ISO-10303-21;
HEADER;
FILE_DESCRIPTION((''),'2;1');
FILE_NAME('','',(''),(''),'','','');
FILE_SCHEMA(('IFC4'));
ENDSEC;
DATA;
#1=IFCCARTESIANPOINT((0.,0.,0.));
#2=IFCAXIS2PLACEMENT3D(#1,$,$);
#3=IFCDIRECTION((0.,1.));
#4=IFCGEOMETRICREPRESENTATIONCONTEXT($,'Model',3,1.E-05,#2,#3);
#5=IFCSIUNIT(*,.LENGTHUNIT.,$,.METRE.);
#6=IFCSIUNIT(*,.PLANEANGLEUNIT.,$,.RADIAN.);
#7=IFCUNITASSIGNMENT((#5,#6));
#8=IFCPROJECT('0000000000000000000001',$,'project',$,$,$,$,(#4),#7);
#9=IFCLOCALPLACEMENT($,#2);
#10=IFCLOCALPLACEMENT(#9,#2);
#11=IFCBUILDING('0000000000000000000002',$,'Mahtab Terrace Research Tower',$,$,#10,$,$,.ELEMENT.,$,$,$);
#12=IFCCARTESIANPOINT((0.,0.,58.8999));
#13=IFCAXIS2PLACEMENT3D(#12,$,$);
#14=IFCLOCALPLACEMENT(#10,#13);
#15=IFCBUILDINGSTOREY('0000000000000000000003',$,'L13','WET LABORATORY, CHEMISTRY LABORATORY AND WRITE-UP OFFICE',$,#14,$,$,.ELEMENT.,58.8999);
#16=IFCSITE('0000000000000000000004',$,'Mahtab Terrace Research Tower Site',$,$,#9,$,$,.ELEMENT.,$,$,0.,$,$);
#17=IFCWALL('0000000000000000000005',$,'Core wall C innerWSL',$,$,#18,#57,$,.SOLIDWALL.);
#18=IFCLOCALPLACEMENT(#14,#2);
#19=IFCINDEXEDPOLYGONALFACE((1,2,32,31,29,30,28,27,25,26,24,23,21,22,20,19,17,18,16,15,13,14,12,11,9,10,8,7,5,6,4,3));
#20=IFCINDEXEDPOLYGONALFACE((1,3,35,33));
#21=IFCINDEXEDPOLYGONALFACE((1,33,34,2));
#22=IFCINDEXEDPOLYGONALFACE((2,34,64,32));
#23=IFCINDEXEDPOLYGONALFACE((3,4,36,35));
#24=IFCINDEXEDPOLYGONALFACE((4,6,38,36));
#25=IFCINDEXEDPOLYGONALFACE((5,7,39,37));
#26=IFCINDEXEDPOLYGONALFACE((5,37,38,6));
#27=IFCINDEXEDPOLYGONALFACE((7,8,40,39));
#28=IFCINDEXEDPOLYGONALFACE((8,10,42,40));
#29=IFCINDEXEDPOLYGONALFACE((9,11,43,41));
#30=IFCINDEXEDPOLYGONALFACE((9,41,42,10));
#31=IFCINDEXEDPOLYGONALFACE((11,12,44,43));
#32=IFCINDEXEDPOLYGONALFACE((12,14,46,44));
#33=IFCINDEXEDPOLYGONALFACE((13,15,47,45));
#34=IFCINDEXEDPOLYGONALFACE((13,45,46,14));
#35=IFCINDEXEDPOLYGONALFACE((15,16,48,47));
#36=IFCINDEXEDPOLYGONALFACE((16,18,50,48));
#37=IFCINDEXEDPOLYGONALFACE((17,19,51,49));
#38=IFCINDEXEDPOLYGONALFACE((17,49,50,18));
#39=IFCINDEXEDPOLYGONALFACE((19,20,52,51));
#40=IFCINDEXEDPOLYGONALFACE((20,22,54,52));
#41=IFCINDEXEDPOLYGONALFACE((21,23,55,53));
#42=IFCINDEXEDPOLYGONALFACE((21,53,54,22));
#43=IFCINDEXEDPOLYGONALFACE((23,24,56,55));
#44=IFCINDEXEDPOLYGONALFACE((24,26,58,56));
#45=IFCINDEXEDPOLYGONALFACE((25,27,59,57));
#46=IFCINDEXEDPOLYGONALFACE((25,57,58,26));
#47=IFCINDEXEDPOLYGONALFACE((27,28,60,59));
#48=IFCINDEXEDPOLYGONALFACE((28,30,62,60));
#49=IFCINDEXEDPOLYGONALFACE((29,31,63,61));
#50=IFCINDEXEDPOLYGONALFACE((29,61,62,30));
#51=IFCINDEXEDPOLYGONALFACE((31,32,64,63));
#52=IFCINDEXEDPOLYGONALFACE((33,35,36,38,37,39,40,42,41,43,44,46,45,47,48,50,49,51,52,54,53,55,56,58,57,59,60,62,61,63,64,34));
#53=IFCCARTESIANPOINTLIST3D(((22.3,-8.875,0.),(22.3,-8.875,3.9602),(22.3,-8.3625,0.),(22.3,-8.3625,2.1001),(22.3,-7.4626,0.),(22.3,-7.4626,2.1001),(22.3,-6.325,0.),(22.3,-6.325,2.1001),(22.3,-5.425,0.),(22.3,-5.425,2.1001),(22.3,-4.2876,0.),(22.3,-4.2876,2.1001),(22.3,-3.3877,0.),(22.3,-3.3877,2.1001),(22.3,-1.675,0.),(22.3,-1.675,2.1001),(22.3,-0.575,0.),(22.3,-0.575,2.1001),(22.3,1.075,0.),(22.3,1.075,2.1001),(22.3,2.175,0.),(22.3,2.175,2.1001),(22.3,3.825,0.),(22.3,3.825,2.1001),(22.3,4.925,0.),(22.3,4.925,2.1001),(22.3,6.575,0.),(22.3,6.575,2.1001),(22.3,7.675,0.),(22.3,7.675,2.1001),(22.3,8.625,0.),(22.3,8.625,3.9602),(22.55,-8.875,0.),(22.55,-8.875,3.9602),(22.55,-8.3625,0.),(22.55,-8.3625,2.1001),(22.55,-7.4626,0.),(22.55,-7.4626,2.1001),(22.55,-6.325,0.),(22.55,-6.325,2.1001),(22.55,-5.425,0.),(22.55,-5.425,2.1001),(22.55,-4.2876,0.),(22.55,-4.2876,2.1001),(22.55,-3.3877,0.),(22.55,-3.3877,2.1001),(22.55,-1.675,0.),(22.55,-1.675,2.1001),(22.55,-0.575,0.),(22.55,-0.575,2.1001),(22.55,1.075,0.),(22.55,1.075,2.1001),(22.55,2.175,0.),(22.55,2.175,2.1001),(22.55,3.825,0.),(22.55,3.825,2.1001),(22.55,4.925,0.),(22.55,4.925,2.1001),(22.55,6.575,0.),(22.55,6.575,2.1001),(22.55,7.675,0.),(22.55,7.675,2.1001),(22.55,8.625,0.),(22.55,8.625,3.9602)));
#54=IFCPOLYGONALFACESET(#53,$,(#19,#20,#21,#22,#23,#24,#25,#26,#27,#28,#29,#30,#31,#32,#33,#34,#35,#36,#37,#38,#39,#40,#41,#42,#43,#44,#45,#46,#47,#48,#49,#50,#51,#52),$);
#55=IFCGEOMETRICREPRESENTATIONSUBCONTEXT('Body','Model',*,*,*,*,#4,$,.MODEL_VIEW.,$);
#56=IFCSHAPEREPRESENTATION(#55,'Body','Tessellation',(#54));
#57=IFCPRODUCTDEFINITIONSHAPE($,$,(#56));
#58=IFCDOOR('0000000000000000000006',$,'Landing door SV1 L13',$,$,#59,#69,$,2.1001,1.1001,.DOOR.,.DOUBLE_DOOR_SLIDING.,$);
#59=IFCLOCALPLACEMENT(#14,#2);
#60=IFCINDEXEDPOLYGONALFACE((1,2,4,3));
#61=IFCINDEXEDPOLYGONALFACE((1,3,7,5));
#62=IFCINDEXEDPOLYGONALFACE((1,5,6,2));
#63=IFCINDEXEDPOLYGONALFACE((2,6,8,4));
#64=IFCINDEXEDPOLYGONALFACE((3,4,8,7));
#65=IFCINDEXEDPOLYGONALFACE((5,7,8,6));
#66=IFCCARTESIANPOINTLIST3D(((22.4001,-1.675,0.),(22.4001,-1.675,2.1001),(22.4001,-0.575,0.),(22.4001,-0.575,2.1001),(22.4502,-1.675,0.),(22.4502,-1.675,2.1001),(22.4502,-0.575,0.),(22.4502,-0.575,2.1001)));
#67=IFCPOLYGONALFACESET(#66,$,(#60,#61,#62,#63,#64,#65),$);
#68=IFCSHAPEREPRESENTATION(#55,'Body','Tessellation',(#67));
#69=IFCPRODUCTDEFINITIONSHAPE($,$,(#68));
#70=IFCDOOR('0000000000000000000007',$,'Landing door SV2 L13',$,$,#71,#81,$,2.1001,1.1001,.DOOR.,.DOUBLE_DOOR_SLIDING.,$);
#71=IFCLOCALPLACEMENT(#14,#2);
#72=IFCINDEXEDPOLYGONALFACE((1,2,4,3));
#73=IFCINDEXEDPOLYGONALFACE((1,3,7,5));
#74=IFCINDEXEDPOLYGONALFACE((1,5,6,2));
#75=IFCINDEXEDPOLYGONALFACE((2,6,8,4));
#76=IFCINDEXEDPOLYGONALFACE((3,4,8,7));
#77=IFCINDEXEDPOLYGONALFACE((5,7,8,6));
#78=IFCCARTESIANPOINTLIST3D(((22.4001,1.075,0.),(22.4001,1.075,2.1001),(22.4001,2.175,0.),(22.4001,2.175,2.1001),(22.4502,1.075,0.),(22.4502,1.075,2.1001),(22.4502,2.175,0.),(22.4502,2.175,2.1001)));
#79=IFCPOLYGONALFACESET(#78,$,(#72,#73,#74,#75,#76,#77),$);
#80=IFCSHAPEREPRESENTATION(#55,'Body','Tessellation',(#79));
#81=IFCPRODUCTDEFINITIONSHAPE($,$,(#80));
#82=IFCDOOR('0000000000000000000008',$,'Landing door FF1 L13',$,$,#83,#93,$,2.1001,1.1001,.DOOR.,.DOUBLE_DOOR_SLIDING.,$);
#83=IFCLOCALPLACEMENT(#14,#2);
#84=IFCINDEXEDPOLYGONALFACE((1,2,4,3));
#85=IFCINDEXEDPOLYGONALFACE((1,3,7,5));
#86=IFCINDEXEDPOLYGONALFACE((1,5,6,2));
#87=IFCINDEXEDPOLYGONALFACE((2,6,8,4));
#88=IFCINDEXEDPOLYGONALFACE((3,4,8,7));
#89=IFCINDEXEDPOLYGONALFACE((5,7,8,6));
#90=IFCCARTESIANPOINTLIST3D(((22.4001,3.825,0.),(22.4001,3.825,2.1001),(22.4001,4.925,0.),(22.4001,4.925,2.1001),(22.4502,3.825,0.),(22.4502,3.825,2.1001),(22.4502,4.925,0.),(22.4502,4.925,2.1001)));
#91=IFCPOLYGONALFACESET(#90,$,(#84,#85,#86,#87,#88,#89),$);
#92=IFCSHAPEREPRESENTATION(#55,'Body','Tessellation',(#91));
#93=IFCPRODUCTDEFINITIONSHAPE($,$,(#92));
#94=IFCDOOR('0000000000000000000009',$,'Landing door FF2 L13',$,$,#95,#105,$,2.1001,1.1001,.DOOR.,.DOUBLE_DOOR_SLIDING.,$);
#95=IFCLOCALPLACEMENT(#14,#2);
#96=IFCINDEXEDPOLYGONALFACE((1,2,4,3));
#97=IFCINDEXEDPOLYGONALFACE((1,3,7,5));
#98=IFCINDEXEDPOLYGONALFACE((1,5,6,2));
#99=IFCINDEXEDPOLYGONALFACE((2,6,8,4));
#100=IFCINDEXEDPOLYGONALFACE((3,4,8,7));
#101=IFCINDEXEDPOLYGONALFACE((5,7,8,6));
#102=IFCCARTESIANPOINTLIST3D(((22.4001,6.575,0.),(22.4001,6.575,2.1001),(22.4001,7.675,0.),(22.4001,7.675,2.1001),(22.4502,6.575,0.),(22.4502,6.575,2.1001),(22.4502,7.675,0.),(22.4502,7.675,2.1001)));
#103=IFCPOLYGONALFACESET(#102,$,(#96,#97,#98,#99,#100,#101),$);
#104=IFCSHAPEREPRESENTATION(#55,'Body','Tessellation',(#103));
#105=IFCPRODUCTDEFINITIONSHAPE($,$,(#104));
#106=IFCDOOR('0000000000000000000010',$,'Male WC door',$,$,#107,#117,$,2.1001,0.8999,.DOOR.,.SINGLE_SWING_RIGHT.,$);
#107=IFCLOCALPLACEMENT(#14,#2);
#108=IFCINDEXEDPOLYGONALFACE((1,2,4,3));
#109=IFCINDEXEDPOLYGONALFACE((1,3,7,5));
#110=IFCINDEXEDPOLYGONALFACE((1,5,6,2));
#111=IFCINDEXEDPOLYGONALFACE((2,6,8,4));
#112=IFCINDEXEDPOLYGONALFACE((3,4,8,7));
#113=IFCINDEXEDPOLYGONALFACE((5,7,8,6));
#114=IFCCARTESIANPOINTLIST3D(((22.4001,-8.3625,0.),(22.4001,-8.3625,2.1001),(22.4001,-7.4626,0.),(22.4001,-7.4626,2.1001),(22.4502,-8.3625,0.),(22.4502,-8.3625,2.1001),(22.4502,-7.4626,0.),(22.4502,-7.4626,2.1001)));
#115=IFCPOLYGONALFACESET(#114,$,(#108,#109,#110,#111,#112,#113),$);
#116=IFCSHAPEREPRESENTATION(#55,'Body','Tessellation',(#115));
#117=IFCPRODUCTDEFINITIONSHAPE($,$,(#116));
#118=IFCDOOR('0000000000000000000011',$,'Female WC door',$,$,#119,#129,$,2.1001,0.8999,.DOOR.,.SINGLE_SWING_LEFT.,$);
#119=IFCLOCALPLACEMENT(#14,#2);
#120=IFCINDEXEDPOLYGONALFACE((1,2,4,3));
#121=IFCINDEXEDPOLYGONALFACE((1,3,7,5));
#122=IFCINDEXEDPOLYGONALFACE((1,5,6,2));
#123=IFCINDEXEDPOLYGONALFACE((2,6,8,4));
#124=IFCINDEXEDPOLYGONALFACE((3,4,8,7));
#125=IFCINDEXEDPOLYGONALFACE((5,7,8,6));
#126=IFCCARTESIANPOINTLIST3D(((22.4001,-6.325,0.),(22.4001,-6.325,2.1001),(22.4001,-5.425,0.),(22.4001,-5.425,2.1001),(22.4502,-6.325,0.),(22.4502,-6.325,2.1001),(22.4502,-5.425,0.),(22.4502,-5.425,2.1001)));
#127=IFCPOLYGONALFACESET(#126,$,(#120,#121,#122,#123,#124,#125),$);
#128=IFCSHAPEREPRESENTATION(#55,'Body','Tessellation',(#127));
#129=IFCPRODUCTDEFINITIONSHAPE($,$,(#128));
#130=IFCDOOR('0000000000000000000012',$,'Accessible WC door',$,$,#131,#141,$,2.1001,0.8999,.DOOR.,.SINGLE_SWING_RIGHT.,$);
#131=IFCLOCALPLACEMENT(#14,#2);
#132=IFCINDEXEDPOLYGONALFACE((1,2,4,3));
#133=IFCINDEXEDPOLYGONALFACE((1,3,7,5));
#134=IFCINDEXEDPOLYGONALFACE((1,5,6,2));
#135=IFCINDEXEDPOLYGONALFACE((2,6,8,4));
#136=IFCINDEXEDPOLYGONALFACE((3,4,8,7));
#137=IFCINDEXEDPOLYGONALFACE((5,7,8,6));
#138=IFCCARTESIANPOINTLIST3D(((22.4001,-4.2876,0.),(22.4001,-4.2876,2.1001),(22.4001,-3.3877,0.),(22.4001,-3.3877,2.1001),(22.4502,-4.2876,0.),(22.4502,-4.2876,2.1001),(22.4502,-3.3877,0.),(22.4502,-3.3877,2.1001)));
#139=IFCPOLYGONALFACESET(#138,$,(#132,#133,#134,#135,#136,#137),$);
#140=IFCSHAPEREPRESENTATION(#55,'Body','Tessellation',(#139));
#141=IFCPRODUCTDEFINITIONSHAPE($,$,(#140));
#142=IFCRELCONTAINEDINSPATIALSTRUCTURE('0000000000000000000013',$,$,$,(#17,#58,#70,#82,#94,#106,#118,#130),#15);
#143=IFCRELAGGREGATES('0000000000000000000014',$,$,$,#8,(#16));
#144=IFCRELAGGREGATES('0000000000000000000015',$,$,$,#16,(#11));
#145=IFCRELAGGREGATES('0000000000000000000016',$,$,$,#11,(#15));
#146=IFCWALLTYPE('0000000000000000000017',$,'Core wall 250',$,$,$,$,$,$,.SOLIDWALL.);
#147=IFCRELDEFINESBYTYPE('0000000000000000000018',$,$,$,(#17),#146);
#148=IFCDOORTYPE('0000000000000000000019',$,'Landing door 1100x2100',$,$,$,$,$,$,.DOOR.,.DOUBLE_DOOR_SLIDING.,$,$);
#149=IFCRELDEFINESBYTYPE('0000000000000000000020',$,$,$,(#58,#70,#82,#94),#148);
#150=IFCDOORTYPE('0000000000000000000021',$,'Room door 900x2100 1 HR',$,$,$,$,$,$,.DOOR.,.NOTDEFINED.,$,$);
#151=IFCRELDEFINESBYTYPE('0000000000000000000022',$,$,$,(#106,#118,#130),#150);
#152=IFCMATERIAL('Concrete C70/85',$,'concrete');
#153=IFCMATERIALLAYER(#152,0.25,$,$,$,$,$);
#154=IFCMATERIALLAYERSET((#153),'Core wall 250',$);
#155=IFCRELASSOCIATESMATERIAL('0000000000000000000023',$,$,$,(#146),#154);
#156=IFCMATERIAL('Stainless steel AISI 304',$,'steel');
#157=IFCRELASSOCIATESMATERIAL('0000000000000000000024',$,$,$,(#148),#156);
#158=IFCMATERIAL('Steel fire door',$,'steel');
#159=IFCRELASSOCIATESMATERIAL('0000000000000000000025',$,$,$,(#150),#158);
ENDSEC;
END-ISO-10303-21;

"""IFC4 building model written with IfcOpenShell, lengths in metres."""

from ifc_helpers import new_model, si_unit, direction, frame, frame_2d, origin, place, context, subcontext, project, spatial, rectangle, extrude, material, layer, layer_set, type_object, element, fill, save


model = new_model("IFC4")

# Units and contexts
model_context = context("Model", 3, precision=1e-05, world=origin(), true_north=direction((0.0, 1.0)))
body_context = subcontext(model_context, "Body", "Model", "MODEL_VIEW")
ifc_project = project(units=[si_unit("LENGTHUNIT", "METRE"), si_unit("PLANEANGLEUNIT", "RADIAN")], contexts=[model_context])

# Site, building, storey
site_placement = place(None, origin())
site = spatial("IfcSite", under=ifc_project, at=site_placement, Name="Mahtab Terrace Research Tower Site", CompositionType="ELEMENT", RefElevation=0.0)
building_placement = place(site_placement, origin())
building = spatial("IfcBuilding", under=site, at=building_placement, Name="Mahtab Terrace Research Tower", CompositionType="ELEMENT")
storey_placement = place(building_placement, frame((0.0, 0.0, 58.8999)))
storey = spatial("IfcBuildingStorey", under=building, at=storey_placement, Name="L13", Description="WET LABORATORY, CHEMISTRY LABORATORY AND WRITE-UP OFFICE", CompositionType="ELEMENT", Elevation=58.8999)

# Shared definitions
ifc_material_1 = material(Name="Concrete C70/85", Category="concrete")

# Wall, openings, doors
ifc_layer_1 = layer(ifc_material_1, 0.25)
ifc_layer_set_1 = layer_set([ifc_layer_1], Name="Core wall 250")
wall_type_1 = type_object("IfcWallType", Name="Core wall 250", PredefinedType="SOLIDWALL", material=ifc_layer_set_1)
wall_1_placement = place(storey_placement, frame((22.425, -8.875, 0.0), z_axis=(0.0, 0.0, 1.0), x_axis=(0.0, 1.0, 0.0)))
wall_1 = element("IfcWall", 1, at=wall_1_placement, inside=storey, type_object=wall_type_1, Name="Core wall C innerWSL", PredefinedType="SOLIDWALL", context=body_context, shape_type="SweptSolid", body=[
    extrude(rectangle(XDim=17.5, YDim=0.25, at=frame_2d((8.75, 0.0))), origin(), (0.0, 0.0, 1.0), 3.9602),
])
opening_1_placement = place(wall_1_placement, frame((7.2, 0.0, 0.0)))
opening_1 = element("IfcOpeningElement", 2, at=opening_1_placement, cuts=wall_1, PredefinedType="OPENING", context=body_context, shape_type="SweptSolid", body=[
    extrude(rectangle(XDim=1.1001, YDim=2.1001, at=frame_2d((0.55, 1.05))), frame((0.0, 0.135, 0.0), z_axis=(0.0, -1.0, 0.0), x_axis=(1.0, 0.0, 0.0)), (0.0, 0.0, 1.0), 0.27),
])
opening_2_placement = place(wall_1_placement, frame((9.95, 0.0, 0.0)))
opening_2 = element("IfcOpeningElement", 3, at=opening_2_placement, cuts=wall_1, PredefinedType="OPENING", context=body_context, shape_type="SweptSolid", body=[
    extrude(rectangle(XDim=1.1001, YDim=2.1001, at=frame_2d((0.55, 1.05))), frame((0.0, 0.135, 0.0), z_axis=(0.0, -1.0, 0.0), x_axis=(1.0, 0.0, 0.0)), (0.0, 0.0, 1.0), 0.27),
])
opening_3_placement = place(wall_1_placement, frame((12.7, 0.0, 0.0)))
opening_3 = element("IfcOpeningElement", 4, at=opening_3_placement, cuts=wall_1, PredefinedType="OPENING", context=body_context, shape_type="SweptSolid", body=[
    extrude(rectangle(XDim=1.1001, YDim=2.1001, at=frame_2d((0.55, 1.05))), frame((0.0, 0.135, 0.0), z_axis=(0.0, -1.0, 0.0), x_axis=(1.0, 0.0, 0.0)), (0.0, 0.0, 1.0), 0.27),
])
opening_4_placement = place(wall_1_placement, frame((15.45, 0.0, 0.0)))
opening_4 = element("IfcOpeningElement", 5, at=opening_4_placement, cuts=wall_1, PredefinedType="OPENING", context=body_context, shape_type="SweptSolid", body=[
    extrude(rectangle(XDim=1.1001, YDim=2.1001, at=frame_2d((0.55, 1.05))), frame((0.0, 0.135, 0.0), z_axis=(0.0, -1.0, 0.0), x_axis=(1.0, 0.0, 0.0)), (0.0, 0.0, 1.0), 0.27),
])
opening_5_placement = place(wall_1_placement, frame((0.5125, 0.0, 0.0)))
opening_5 = element("IfcOpeningElement", 6, at=opening_5_placement, cuts=wall_1, PredefinedType="OPENING", context=body_context, shape_type="SweptSolid", body=[
    extrude(rectangle(XDim=0.8999, YDim=2.1001, at=frame_2d((0.45, 1.05))), frame((0.0, 0.135, 0.0), z_axis=(0.0, -1.0, 0.0), x_axis=(1.0, 0.0, 0.0)), (0.0, 0.0, 1.0), 0.27),
])
opening_6_placement = place(wall_1_placement, frame((2.55, 0.0, 0.0)))
opening_6 = element("IfcOpeningElement", 7, at=opening_6_placement, cuts=wall_1, PredefinedType="OPENING", context=body_context, shape_type="SweptSolid", body=[
    extrude(rectangle(XDim=0.8999, YDim=2.1001, at=frame_2d((0.45, 1.05))), frame((0.0, 0.135, 0.0), z_axis=(0.0, -1.0, 0.0), x_axis=(1.0, 0.0, 0.0)), (0.0, 0.0, 1.0), 0.27),
])
opening_7_placement = place(wall_1_placement, frame((4.5874, 0.0, 0.0)))
opening_7 = element("IfcOpeningElement", 8, at=opening_7_placement, cuts=wall_1, PredefinedType="OPENING", context=body_context, shape_type="SweptSolid", body=[
    extrude(rectangle(XDim=0.8999, YDim=2.1001, at=frame_2d((0.45, 1.05))), frame((0.0, 0.135, 0.0), z_axis=(0.0, -1.0, 0.0), x_axis=(1.0, 0.0, 0.0)), (0.0, 0.0, 1.0), 0.27),
])
ifc_material_2 = material(Name="Stainless steel AISI 304", Category="steel")
door_type_1 = type_object("IfcDoorType", Name="Landing door 1100x2100", OperationType="DOUBLE_DOOR_SLIDING", PredefinedType="DOOR", material=ifc_material_2)
door_1_placement = place(opening_1_placement, origin())
door_1 = element("IfcDoor", 9, at=door_1_placement, inside=storey, type_object=door_type_1, Name="Landing door SV1 L13", OperationType="DOUBLE_DOOR_SLIDING", OverallHeight=2.1001, OverallWidth=1.1001, PredefinedType="DOOR", context=body_context, shape_type="SweptSolid", body=[
    extrude(rectangle(XDim=1.1001, YDim=2.1001, at=frame_2d((0.55, 1.05))), frame((0.0, 0.0249, 0.0), z_axis=(0.0, -1.0, 0.0), x_axis=(1.0, 0.0, 0.0)), (0.0, 0.0, 1.0), 0.05),
])
fill(opening_1, door_1)
door_2_placement = place(opening_2_placement, origin())
door_2 = element("IfcDoor", 10, at=door_2_placement, inside=storey, type_object=door_type_1, Name="Landing door SV2 L13", OperationType="DOUBLE_DOOR_SLIDING", OverallHeight=2.1001, OverallWidth=1.1001, PredefinedType="DOOR", context=body_context, shape_type="SweptSolid", body=[
    extrude(rectangle(XDim=1.1001, YDim=2.1001, at=frame_2d((0.55, 1.05))), frame((0.0, 0.0249, 0.0), z_axis=(0.0, -1.0, 0.0), x_axis=(1.0, 0.0, 0.0)), (0.0, 0.0, 1.0), 0.05),
])
fill(opening_2, door_2)
door_3_placement = place(opening_3_placement, origin())
door_3 = element("IfcDoor", 11, at=door_3_placement, inside=storey, type_object=door_type_1, Name="Landing door FF1 L13", OperationType="DOUBLE_DOOR_SLIDING", OverallHeight=2.1001, OverallWidth=1.1001, PredefinedType="DOOR", context=body_context, shape_type="SweptSolid", body=[
    extrude(rectangle(XDim=1.1001, YDim=2.1001, at=frame_2d((0.55, 1.05))), frame((0.0, 0.0249, 0.0), z_axis=(0.0, -1.0, 0.0), x_axis=(1.0, 0.0, 0.0)), (0.0, 0.0, 1.0), 0.05),
])
fill(opening_3, door_3)
door_4_placement = place(opening_4_placement, origin())
door_4 = element("IfcDoor", 12, at=door_4_placement, inside=storey, type_object=door_type_1, Name="Landing door FF2 L13", OperationType="DOUBLE_DOOR_SLIDING", OverallHeight=2.1001, OverallWidth=1.1001, PredefinedType="DOOR", context=body_context, shape_type="SweptSolid", body=[
    extrude(rectangle(XDim=1.1001, YDim=2.1001, at=frame_2d((0.55, 1.05))), frame((0.0, 0.0249, 0.0), z_axis=(0.0, -1.0, 0.0), x_axis=(1.0, 0.0, 0.0)), (0.0, 0.0, 1.0), 0.05),
])
fill(opening_4, door_4)
ifc_material_3 = material(Name="Steel fire door", Category="steel")
door_type_2 = type_object("IfcDoorType", Name="Room door 900x2100 1 HR", OperationType="NOTDEFINED", PredefinedType="DOOR", material=ifc_material_3)
door_5_placement = place(opening_5_placement, origin())
door_5 = element("IfcDoor", 13, at=door_5_placement, inside=storey, type_object=door_type_2, Name="Male WC door", OperationType="SINGLE_SWING_RIGHT", OverallHeight=2.1001, OverallWidth=0.8999, PredefinedType="DOOR", context=body_context, shape_type="SweptSolid", body=[
    extrude(rectangle(XDim=0.8999, YDim=2.1001, at=frame_2d((0.45, 1.05))), frame((0.0, 0.0249, 0.0), z_axis=(0.0, -1.0, 0.0), x_axis=(1.0, 0.0, 0.0)), (0.0, 0.0, 1.0), 0.05),
])
fill(opening_5, door_5)
door_6_placement = place(opening_6_placement, origin())
door_6 = element("IfcDoor", 14, at=door_6_placement, inside=storey, type_object=door_type_2, Name="Female WC door", OperationType="SINGLE_SWING_LEFT", OverallHeight=2.1001, OverallWidth=0.8999, PredefinedType="DOOR", context=body_context, shape_type="SweptSolid", body=[
    extrude(rectangle(XDim=0.8999, YDim=2.1001, at=frame_2d((0.45, 1.05))), frame((0.0, 0.0249, 0.0), z_axis=(0.0, -1.0, 0.0), x_axis=(1.0, 0.0, 0.0)), (0.0, 0.0, 1.0), 0.05),
])
fill(opening_6, door_6)
door_7_placement = place(opening_7_placement, origin())
door_7 = element("IfcDoor", 15, at=door_7_placement, inside=storey, type_object=door_type_2, Name="Accessible WC door", OperationType="SINGLE_SWING_RIGHT", OverallHeight=2.1001, OverallWidth=0.8999, PredefinedType="DOOR", context=body_context, shape_type="SweptSolid", body=[
    extrude(rectangle(XDim=0.8999, YDim=2.1001, at=frame_2d((0.45, 1.05))), frame((0.0, 0.0249, 0.0), z_axis=(0.0, -1.0, 0.0), x_axis=(1.0, 0.0, 0.0)), (0.0, 0.0, 1.0), 0.05),
])
fill(opening_7, door_7)

save(model, "model.ifc")
